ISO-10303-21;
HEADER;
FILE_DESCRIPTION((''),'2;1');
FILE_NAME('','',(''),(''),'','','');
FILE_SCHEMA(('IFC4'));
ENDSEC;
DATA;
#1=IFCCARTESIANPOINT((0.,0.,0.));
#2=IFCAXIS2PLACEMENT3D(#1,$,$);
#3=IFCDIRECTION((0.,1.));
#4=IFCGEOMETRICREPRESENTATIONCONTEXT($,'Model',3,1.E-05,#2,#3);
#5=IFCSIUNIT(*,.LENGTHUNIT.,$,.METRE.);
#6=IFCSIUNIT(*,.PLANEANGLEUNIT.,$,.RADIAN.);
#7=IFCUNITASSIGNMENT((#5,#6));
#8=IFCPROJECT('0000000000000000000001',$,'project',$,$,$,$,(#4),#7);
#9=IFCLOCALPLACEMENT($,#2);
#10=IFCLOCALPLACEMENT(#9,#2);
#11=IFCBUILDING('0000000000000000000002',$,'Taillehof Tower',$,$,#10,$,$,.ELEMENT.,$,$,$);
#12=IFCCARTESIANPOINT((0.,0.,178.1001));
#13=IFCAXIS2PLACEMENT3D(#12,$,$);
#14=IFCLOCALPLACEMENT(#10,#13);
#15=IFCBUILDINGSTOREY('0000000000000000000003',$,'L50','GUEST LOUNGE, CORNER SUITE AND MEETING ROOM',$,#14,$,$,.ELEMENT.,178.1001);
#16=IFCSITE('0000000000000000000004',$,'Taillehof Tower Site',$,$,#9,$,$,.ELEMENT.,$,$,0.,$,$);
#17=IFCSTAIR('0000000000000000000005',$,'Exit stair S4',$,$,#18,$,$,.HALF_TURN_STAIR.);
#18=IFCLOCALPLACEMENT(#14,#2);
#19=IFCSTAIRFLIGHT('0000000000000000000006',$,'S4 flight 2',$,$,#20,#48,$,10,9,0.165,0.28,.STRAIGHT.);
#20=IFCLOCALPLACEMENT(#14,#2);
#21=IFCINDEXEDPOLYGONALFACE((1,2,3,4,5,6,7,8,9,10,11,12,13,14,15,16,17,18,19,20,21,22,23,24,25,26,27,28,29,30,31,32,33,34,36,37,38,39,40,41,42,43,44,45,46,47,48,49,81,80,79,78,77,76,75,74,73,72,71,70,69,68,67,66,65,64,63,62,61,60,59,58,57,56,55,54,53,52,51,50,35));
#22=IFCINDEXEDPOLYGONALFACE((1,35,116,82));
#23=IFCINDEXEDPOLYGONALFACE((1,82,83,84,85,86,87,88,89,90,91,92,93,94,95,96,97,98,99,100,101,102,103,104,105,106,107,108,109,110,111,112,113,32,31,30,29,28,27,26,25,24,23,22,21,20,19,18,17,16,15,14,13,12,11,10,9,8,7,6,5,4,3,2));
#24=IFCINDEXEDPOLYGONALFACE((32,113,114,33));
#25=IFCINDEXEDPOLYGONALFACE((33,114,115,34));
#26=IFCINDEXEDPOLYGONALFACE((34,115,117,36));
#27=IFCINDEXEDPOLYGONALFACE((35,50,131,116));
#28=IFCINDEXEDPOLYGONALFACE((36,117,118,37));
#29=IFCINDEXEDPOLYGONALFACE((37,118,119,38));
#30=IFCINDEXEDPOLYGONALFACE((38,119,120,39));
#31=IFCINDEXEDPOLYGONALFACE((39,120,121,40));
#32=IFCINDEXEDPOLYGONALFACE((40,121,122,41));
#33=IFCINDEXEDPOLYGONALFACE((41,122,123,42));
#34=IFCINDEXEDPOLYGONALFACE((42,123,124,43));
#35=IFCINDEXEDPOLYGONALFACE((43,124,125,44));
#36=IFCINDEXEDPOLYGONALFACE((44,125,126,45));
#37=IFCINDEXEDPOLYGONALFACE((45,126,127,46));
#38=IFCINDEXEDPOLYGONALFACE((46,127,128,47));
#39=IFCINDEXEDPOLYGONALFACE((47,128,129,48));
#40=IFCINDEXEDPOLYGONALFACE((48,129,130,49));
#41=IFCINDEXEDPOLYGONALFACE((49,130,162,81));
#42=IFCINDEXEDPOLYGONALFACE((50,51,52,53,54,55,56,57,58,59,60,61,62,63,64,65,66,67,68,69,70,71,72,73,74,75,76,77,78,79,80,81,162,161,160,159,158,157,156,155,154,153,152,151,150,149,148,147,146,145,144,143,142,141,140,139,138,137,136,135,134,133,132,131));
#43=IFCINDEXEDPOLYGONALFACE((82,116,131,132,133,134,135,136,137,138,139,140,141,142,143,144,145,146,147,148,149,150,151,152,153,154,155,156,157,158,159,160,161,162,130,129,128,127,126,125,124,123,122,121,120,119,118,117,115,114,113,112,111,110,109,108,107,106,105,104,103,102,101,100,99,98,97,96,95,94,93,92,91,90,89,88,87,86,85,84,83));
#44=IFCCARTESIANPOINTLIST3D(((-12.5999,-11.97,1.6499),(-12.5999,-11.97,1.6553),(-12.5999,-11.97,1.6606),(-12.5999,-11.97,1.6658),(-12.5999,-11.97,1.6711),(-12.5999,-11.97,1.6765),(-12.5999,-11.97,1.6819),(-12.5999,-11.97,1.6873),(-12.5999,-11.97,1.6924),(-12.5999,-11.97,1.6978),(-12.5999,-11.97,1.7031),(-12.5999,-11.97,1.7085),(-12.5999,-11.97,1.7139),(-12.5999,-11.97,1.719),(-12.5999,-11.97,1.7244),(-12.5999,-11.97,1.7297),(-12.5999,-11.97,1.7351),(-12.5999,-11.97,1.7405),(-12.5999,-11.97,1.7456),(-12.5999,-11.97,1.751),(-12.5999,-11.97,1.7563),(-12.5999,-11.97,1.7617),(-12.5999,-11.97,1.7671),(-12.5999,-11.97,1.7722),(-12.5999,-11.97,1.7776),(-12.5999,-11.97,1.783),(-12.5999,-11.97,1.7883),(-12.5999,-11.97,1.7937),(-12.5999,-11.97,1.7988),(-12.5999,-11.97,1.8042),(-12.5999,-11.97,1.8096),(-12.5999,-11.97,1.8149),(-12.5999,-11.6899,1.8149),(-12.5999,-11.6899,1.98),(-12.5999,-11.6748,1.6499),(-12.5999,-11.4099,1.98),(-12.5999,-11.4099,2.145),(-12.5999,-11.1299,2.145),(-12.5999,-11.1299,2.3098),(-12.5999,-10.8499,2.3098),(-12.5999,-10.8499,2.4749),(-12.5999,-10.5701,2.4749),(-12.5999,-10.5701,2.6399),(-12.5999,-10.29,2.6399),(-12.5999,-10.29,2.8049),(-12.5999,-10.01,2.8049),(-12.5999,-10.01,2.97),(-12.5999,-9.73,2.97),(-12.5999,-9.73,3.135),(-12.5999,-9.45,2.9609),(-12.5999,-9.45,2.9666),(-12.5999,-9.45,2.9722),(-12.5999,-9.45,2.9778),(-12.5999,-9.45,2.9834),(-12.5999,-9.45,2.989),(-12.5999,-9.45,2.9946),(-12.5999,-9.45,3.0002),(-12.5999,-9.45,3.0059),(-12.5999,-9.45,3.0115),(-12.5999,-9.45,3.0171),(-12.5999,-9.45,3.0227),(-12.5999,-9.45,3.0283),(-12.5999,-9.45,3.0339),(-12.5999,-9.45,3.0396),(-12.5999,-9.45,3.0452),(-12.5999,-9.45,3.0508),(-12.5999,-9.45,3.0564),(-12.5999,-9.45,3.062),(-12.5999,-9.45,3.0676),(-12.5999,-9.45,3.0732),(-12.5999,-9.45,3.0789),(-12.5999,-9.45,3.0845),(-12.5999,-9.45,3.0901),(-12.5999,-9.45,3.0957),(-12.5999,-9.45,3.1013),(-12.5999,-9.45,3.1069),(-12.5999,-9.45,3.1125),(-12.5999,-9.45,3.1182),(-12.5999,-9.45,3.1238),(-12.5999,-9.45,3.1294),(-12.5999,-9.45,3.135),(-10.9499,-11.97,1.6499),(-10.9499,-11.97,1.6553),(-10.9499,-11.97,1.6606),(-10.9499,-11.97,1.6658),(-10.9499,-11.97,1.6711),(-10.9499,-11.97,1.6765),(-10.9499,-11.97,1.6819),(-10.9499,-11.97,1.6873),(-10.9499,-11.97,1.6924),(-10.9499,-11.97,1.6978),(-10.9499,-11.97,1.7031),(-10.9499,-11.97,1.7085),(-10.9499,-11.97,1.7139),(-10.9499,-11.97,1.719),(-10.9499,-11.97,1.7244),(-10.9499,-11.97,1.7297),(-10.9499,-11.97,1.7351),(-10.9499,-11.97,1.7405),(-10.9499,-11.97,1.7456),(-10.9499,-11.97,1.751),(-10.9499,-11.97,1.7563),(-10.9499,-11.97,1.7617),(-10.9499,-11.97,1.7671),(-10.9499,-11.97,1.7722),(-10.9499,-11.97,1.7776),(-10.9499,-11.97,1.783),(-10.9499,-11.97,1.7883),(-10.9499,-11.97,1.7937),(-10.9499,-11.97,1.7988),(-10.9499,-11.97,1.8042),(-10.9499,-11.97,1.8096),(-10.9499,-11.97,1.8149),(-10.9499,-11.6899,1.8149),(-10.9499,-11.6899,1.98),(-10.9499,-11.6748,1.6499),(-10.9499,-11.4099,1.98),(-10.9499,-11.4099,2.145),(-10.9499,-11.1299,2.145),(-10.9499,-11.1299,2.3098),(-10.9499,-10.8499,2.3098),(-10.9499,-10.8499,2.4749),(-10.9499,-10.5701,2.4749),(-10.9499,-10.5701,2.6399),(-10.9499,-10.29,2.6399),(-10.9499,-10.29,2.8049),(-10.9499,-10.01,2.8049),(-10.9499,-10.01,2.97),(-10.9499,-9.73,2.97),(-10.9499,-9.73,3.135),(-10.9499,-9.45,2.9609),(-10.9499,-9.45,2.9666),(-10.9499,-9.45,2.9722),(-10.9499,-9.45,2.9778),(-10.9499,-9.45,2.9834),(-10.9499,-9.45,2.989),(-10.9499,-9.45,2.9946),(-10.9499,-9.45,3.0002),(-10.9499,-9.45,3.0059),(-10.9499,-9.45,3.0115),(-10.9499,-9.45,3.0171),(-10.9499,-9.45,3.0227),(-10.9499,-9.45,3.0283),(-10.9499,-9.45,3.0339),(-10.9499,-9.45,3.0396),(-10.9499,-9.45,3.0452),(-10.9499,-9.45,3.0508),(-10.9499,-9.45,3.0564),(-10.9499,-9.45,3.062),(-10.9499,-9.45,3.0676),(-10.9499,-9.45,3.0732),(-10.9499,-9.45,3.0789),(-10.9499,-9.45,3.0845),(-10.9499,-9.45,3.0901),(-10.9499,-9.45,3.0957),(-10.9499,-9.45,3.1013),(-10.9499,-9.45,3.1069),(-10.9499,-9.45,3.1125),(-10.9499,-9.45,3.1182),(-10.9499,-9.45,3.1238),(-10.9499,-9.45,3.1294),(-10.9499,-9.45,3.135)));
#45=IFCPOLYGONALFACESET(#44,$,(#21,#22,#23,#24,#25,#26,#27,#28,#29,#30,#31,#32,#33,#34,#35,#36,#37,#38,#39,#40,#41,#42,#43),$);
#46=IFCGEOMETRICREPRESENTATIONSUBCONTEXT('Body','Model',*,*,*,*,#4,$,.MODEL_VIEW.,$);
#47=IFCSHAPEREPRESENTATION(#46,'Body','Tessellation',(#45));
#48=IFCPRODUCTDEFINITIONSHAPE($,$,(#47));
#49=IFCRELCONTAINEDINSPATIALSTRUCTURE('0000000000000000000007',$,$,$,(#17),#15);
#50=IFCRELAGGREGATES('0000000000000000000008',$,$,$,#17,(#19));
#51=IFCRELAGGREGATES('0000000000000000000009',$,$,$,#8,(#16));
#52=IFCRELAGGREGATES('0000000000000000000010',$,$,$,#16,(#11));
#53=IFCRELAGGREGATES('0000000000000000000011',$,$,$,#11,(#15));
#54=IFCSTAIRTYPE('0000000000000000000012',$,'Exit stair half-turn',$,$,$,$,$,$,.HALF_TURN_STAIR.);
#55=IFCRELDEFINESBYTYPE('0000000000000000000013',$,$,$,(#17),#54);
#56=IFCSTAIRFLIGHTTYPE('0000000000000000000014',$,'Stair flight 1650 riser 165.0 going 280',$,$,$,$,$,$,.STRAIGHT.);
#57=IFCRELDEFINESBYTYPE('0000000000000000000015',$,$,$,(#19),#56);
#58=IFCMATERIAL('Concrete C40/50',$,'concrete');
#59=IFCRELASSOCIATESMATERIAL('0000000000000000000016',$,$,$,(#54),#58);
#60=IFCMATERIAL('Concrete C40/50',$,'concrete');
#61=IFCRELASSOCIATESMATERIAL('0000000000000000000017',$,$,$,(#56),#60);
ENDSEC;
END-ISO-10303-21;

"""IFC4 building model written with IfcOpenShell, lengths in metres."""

from ifc_helpers import new_model, si_unit, direction, frame, origin, place, context, subcontext, project, spatial, polyline, outline, extrude, material, type_object, element, aggregate, save


model = new_model("IFC4")

# Units and contexts
model_context = context("Model", 3, precision=1e-05, world=origin(), true_north=direction((0.0, 1.0)))
body_context = subcontext(model_context, "Body", "Model", "MODEL_VIEW")
ifc_project = project(units=[si_unit("LENGTHUNIT", "METRE"), si_unit("PLANEANGLEUNIT", "RADIAN")], contexts=[model_context])

# Site, building, storey
site_placement = place(None, origin())
site = spatial("IfcSite", under=ifc_project, at=site_placement, Name="Taillehof Tower Site", CompositionType="ELEMENT", RefElevation=0.0)
building_placement = place(site_placement, origin())
building = spatial("IfcBuilding", under=site, at=building_placement, Name="Taillehof Tower", CompositionType="ELEMENT")
storey_placement = place(building_placement, frame((0.0, 0.0, 178.1001)))
storey = spatial("IfcBuildingStorey", under=building, at=storey_placement, Name="L50", Description="GUEST LOUNGE, CORNER SUITE AND MEETING ROOM", CompositionType="ELEMENT", Elevation=178.1001)

# Stair, stair flight
ifc_material_1 = material(Name="Concrete C40/50", Category="concrete")
stair_type = type_object("IfcStairType", Name="Exit stair half-turn", PredefinedType="HALF_TURN_STAIR", material=ifc_material_1)
stair_placement = place(storey_placement, origin())
stair = element("IfcStair", 1, at=stair_placement, inside=storey, type_object=stair_type, Name="Exit stair S4", PredefinedType="HALF_TURN_STAIR")
ifc_material_2 = material(Name="Concrete C40/50", Category="concrete")
stair_flight_type = type_object("IfcStairFlightType", Name="Stair flight 1650 riser 165.0 going 280", PredefinedType="STRAIGHT", material=ifc_material_2)
stair_flight_1_placement = place(storey_placement, frame((-11.7749, -11.97, 1.6499), z_axis=(0.0, 0.0, 1.0), x_axis=(0.0, 1.0, 0.0)))
stair_flight_1 = element("IfcStairFlight", 2, at=stair_flight_1_placement, type_object=stair_flight_type, Name="S4 flight 2", NumberOfRisers=10, NumberOfTreads=9, PredefinedType="STRAIGHT", RiserHeight=0.165, TreadLength=0.28, context=body_context, shape_type="SweptSolid", body=[
    extrude(outline(polyline([(0.0, 0.0), (0.0, 0.0054), (0.0, 0.0107), (0.0, 0.0159), (0.0, 0.0212), (0.0, 0.0266), (0.0, 0.032), (0.0, 0.0374), (0.0, 0.0425), (0.0, 0.0479), (0.0, 0.0532), (0.0, 0.0586), (0.0, 0.064), (0.0, 0.0691), (0.0, 0.0745), (0.0, 0.0798), (0.0, 0.0852), (0.0, 0.0906), (0.0, 0.0957), (0.0, 0.1011), (0.0, 0.1064), (0.0, 0.1118), (0.0, 0.1172), (0.0, 0.1223), (0.0, 0.1277), (0.0, 0.1331), (0.0, 0.1384), (0.0, 0.1438), (0.0, 0.1489), (0.0, 0.1543), (0.0, 0.1597), (0.0, 0.165), (0.28, 0.165), (0.28, 0.3301), (0.5601, 0.3301), (0.5601, 0.4951), (0.8401, 0.4951), (0.8401, 0.6599), (1.1201, 0.6599), (1.1201, 0.825), (1.3999, 0.825), (1.3999, 0.99), (1.6799, 0.99), (1.6799, 1.155), (1.96, 1.155), (1.96, 1.3201), (2.24, 1.3201), (2.24, 1.4851), (2.52, 1.4851), (2.52, 1.4795), (2.52, 1.4739), (2.52, 1.4683), (2.52, 1.4626), (2.52, 1.457), (2.52, 1.4514), (2.52, 1.4458), (2.52, 1.4402), (2.52, 1.4346), (2.52, 1.429), (2.52, 1.4233), (2.52, 1.4177), (2.52, 1.4121), (2.52, 1.4065), (2.52, 1.4009), (2.52, 1.3953), (2.52, 1.3896), (2.52, 1.384), (2.52, 1.3784), (2.52, 1.3728), (2.52, 1.3672), (2.52, 1.3616), (2.52, 1.356), (2.52, 1.3503), (2.52, 1.3447), (2.52, 1.3391), (2.52, 1.3335), (2.52, 1.3279), (2.52, 1.3223), (2.52, 1.3167), (2.52, 1.311), (0.2952, 0.0), (0.0, 0.0)])), frame((0.0, 0.825, 0.0), z_axis=(0.0, -1.0, 0.0), x_axis=(1.0, 0.0, 0.0)), (0.0, 0.0, 1.0), 1.65),
])
aggregate(stair, [stair_flight_1])

save(model, "model.ifc")
